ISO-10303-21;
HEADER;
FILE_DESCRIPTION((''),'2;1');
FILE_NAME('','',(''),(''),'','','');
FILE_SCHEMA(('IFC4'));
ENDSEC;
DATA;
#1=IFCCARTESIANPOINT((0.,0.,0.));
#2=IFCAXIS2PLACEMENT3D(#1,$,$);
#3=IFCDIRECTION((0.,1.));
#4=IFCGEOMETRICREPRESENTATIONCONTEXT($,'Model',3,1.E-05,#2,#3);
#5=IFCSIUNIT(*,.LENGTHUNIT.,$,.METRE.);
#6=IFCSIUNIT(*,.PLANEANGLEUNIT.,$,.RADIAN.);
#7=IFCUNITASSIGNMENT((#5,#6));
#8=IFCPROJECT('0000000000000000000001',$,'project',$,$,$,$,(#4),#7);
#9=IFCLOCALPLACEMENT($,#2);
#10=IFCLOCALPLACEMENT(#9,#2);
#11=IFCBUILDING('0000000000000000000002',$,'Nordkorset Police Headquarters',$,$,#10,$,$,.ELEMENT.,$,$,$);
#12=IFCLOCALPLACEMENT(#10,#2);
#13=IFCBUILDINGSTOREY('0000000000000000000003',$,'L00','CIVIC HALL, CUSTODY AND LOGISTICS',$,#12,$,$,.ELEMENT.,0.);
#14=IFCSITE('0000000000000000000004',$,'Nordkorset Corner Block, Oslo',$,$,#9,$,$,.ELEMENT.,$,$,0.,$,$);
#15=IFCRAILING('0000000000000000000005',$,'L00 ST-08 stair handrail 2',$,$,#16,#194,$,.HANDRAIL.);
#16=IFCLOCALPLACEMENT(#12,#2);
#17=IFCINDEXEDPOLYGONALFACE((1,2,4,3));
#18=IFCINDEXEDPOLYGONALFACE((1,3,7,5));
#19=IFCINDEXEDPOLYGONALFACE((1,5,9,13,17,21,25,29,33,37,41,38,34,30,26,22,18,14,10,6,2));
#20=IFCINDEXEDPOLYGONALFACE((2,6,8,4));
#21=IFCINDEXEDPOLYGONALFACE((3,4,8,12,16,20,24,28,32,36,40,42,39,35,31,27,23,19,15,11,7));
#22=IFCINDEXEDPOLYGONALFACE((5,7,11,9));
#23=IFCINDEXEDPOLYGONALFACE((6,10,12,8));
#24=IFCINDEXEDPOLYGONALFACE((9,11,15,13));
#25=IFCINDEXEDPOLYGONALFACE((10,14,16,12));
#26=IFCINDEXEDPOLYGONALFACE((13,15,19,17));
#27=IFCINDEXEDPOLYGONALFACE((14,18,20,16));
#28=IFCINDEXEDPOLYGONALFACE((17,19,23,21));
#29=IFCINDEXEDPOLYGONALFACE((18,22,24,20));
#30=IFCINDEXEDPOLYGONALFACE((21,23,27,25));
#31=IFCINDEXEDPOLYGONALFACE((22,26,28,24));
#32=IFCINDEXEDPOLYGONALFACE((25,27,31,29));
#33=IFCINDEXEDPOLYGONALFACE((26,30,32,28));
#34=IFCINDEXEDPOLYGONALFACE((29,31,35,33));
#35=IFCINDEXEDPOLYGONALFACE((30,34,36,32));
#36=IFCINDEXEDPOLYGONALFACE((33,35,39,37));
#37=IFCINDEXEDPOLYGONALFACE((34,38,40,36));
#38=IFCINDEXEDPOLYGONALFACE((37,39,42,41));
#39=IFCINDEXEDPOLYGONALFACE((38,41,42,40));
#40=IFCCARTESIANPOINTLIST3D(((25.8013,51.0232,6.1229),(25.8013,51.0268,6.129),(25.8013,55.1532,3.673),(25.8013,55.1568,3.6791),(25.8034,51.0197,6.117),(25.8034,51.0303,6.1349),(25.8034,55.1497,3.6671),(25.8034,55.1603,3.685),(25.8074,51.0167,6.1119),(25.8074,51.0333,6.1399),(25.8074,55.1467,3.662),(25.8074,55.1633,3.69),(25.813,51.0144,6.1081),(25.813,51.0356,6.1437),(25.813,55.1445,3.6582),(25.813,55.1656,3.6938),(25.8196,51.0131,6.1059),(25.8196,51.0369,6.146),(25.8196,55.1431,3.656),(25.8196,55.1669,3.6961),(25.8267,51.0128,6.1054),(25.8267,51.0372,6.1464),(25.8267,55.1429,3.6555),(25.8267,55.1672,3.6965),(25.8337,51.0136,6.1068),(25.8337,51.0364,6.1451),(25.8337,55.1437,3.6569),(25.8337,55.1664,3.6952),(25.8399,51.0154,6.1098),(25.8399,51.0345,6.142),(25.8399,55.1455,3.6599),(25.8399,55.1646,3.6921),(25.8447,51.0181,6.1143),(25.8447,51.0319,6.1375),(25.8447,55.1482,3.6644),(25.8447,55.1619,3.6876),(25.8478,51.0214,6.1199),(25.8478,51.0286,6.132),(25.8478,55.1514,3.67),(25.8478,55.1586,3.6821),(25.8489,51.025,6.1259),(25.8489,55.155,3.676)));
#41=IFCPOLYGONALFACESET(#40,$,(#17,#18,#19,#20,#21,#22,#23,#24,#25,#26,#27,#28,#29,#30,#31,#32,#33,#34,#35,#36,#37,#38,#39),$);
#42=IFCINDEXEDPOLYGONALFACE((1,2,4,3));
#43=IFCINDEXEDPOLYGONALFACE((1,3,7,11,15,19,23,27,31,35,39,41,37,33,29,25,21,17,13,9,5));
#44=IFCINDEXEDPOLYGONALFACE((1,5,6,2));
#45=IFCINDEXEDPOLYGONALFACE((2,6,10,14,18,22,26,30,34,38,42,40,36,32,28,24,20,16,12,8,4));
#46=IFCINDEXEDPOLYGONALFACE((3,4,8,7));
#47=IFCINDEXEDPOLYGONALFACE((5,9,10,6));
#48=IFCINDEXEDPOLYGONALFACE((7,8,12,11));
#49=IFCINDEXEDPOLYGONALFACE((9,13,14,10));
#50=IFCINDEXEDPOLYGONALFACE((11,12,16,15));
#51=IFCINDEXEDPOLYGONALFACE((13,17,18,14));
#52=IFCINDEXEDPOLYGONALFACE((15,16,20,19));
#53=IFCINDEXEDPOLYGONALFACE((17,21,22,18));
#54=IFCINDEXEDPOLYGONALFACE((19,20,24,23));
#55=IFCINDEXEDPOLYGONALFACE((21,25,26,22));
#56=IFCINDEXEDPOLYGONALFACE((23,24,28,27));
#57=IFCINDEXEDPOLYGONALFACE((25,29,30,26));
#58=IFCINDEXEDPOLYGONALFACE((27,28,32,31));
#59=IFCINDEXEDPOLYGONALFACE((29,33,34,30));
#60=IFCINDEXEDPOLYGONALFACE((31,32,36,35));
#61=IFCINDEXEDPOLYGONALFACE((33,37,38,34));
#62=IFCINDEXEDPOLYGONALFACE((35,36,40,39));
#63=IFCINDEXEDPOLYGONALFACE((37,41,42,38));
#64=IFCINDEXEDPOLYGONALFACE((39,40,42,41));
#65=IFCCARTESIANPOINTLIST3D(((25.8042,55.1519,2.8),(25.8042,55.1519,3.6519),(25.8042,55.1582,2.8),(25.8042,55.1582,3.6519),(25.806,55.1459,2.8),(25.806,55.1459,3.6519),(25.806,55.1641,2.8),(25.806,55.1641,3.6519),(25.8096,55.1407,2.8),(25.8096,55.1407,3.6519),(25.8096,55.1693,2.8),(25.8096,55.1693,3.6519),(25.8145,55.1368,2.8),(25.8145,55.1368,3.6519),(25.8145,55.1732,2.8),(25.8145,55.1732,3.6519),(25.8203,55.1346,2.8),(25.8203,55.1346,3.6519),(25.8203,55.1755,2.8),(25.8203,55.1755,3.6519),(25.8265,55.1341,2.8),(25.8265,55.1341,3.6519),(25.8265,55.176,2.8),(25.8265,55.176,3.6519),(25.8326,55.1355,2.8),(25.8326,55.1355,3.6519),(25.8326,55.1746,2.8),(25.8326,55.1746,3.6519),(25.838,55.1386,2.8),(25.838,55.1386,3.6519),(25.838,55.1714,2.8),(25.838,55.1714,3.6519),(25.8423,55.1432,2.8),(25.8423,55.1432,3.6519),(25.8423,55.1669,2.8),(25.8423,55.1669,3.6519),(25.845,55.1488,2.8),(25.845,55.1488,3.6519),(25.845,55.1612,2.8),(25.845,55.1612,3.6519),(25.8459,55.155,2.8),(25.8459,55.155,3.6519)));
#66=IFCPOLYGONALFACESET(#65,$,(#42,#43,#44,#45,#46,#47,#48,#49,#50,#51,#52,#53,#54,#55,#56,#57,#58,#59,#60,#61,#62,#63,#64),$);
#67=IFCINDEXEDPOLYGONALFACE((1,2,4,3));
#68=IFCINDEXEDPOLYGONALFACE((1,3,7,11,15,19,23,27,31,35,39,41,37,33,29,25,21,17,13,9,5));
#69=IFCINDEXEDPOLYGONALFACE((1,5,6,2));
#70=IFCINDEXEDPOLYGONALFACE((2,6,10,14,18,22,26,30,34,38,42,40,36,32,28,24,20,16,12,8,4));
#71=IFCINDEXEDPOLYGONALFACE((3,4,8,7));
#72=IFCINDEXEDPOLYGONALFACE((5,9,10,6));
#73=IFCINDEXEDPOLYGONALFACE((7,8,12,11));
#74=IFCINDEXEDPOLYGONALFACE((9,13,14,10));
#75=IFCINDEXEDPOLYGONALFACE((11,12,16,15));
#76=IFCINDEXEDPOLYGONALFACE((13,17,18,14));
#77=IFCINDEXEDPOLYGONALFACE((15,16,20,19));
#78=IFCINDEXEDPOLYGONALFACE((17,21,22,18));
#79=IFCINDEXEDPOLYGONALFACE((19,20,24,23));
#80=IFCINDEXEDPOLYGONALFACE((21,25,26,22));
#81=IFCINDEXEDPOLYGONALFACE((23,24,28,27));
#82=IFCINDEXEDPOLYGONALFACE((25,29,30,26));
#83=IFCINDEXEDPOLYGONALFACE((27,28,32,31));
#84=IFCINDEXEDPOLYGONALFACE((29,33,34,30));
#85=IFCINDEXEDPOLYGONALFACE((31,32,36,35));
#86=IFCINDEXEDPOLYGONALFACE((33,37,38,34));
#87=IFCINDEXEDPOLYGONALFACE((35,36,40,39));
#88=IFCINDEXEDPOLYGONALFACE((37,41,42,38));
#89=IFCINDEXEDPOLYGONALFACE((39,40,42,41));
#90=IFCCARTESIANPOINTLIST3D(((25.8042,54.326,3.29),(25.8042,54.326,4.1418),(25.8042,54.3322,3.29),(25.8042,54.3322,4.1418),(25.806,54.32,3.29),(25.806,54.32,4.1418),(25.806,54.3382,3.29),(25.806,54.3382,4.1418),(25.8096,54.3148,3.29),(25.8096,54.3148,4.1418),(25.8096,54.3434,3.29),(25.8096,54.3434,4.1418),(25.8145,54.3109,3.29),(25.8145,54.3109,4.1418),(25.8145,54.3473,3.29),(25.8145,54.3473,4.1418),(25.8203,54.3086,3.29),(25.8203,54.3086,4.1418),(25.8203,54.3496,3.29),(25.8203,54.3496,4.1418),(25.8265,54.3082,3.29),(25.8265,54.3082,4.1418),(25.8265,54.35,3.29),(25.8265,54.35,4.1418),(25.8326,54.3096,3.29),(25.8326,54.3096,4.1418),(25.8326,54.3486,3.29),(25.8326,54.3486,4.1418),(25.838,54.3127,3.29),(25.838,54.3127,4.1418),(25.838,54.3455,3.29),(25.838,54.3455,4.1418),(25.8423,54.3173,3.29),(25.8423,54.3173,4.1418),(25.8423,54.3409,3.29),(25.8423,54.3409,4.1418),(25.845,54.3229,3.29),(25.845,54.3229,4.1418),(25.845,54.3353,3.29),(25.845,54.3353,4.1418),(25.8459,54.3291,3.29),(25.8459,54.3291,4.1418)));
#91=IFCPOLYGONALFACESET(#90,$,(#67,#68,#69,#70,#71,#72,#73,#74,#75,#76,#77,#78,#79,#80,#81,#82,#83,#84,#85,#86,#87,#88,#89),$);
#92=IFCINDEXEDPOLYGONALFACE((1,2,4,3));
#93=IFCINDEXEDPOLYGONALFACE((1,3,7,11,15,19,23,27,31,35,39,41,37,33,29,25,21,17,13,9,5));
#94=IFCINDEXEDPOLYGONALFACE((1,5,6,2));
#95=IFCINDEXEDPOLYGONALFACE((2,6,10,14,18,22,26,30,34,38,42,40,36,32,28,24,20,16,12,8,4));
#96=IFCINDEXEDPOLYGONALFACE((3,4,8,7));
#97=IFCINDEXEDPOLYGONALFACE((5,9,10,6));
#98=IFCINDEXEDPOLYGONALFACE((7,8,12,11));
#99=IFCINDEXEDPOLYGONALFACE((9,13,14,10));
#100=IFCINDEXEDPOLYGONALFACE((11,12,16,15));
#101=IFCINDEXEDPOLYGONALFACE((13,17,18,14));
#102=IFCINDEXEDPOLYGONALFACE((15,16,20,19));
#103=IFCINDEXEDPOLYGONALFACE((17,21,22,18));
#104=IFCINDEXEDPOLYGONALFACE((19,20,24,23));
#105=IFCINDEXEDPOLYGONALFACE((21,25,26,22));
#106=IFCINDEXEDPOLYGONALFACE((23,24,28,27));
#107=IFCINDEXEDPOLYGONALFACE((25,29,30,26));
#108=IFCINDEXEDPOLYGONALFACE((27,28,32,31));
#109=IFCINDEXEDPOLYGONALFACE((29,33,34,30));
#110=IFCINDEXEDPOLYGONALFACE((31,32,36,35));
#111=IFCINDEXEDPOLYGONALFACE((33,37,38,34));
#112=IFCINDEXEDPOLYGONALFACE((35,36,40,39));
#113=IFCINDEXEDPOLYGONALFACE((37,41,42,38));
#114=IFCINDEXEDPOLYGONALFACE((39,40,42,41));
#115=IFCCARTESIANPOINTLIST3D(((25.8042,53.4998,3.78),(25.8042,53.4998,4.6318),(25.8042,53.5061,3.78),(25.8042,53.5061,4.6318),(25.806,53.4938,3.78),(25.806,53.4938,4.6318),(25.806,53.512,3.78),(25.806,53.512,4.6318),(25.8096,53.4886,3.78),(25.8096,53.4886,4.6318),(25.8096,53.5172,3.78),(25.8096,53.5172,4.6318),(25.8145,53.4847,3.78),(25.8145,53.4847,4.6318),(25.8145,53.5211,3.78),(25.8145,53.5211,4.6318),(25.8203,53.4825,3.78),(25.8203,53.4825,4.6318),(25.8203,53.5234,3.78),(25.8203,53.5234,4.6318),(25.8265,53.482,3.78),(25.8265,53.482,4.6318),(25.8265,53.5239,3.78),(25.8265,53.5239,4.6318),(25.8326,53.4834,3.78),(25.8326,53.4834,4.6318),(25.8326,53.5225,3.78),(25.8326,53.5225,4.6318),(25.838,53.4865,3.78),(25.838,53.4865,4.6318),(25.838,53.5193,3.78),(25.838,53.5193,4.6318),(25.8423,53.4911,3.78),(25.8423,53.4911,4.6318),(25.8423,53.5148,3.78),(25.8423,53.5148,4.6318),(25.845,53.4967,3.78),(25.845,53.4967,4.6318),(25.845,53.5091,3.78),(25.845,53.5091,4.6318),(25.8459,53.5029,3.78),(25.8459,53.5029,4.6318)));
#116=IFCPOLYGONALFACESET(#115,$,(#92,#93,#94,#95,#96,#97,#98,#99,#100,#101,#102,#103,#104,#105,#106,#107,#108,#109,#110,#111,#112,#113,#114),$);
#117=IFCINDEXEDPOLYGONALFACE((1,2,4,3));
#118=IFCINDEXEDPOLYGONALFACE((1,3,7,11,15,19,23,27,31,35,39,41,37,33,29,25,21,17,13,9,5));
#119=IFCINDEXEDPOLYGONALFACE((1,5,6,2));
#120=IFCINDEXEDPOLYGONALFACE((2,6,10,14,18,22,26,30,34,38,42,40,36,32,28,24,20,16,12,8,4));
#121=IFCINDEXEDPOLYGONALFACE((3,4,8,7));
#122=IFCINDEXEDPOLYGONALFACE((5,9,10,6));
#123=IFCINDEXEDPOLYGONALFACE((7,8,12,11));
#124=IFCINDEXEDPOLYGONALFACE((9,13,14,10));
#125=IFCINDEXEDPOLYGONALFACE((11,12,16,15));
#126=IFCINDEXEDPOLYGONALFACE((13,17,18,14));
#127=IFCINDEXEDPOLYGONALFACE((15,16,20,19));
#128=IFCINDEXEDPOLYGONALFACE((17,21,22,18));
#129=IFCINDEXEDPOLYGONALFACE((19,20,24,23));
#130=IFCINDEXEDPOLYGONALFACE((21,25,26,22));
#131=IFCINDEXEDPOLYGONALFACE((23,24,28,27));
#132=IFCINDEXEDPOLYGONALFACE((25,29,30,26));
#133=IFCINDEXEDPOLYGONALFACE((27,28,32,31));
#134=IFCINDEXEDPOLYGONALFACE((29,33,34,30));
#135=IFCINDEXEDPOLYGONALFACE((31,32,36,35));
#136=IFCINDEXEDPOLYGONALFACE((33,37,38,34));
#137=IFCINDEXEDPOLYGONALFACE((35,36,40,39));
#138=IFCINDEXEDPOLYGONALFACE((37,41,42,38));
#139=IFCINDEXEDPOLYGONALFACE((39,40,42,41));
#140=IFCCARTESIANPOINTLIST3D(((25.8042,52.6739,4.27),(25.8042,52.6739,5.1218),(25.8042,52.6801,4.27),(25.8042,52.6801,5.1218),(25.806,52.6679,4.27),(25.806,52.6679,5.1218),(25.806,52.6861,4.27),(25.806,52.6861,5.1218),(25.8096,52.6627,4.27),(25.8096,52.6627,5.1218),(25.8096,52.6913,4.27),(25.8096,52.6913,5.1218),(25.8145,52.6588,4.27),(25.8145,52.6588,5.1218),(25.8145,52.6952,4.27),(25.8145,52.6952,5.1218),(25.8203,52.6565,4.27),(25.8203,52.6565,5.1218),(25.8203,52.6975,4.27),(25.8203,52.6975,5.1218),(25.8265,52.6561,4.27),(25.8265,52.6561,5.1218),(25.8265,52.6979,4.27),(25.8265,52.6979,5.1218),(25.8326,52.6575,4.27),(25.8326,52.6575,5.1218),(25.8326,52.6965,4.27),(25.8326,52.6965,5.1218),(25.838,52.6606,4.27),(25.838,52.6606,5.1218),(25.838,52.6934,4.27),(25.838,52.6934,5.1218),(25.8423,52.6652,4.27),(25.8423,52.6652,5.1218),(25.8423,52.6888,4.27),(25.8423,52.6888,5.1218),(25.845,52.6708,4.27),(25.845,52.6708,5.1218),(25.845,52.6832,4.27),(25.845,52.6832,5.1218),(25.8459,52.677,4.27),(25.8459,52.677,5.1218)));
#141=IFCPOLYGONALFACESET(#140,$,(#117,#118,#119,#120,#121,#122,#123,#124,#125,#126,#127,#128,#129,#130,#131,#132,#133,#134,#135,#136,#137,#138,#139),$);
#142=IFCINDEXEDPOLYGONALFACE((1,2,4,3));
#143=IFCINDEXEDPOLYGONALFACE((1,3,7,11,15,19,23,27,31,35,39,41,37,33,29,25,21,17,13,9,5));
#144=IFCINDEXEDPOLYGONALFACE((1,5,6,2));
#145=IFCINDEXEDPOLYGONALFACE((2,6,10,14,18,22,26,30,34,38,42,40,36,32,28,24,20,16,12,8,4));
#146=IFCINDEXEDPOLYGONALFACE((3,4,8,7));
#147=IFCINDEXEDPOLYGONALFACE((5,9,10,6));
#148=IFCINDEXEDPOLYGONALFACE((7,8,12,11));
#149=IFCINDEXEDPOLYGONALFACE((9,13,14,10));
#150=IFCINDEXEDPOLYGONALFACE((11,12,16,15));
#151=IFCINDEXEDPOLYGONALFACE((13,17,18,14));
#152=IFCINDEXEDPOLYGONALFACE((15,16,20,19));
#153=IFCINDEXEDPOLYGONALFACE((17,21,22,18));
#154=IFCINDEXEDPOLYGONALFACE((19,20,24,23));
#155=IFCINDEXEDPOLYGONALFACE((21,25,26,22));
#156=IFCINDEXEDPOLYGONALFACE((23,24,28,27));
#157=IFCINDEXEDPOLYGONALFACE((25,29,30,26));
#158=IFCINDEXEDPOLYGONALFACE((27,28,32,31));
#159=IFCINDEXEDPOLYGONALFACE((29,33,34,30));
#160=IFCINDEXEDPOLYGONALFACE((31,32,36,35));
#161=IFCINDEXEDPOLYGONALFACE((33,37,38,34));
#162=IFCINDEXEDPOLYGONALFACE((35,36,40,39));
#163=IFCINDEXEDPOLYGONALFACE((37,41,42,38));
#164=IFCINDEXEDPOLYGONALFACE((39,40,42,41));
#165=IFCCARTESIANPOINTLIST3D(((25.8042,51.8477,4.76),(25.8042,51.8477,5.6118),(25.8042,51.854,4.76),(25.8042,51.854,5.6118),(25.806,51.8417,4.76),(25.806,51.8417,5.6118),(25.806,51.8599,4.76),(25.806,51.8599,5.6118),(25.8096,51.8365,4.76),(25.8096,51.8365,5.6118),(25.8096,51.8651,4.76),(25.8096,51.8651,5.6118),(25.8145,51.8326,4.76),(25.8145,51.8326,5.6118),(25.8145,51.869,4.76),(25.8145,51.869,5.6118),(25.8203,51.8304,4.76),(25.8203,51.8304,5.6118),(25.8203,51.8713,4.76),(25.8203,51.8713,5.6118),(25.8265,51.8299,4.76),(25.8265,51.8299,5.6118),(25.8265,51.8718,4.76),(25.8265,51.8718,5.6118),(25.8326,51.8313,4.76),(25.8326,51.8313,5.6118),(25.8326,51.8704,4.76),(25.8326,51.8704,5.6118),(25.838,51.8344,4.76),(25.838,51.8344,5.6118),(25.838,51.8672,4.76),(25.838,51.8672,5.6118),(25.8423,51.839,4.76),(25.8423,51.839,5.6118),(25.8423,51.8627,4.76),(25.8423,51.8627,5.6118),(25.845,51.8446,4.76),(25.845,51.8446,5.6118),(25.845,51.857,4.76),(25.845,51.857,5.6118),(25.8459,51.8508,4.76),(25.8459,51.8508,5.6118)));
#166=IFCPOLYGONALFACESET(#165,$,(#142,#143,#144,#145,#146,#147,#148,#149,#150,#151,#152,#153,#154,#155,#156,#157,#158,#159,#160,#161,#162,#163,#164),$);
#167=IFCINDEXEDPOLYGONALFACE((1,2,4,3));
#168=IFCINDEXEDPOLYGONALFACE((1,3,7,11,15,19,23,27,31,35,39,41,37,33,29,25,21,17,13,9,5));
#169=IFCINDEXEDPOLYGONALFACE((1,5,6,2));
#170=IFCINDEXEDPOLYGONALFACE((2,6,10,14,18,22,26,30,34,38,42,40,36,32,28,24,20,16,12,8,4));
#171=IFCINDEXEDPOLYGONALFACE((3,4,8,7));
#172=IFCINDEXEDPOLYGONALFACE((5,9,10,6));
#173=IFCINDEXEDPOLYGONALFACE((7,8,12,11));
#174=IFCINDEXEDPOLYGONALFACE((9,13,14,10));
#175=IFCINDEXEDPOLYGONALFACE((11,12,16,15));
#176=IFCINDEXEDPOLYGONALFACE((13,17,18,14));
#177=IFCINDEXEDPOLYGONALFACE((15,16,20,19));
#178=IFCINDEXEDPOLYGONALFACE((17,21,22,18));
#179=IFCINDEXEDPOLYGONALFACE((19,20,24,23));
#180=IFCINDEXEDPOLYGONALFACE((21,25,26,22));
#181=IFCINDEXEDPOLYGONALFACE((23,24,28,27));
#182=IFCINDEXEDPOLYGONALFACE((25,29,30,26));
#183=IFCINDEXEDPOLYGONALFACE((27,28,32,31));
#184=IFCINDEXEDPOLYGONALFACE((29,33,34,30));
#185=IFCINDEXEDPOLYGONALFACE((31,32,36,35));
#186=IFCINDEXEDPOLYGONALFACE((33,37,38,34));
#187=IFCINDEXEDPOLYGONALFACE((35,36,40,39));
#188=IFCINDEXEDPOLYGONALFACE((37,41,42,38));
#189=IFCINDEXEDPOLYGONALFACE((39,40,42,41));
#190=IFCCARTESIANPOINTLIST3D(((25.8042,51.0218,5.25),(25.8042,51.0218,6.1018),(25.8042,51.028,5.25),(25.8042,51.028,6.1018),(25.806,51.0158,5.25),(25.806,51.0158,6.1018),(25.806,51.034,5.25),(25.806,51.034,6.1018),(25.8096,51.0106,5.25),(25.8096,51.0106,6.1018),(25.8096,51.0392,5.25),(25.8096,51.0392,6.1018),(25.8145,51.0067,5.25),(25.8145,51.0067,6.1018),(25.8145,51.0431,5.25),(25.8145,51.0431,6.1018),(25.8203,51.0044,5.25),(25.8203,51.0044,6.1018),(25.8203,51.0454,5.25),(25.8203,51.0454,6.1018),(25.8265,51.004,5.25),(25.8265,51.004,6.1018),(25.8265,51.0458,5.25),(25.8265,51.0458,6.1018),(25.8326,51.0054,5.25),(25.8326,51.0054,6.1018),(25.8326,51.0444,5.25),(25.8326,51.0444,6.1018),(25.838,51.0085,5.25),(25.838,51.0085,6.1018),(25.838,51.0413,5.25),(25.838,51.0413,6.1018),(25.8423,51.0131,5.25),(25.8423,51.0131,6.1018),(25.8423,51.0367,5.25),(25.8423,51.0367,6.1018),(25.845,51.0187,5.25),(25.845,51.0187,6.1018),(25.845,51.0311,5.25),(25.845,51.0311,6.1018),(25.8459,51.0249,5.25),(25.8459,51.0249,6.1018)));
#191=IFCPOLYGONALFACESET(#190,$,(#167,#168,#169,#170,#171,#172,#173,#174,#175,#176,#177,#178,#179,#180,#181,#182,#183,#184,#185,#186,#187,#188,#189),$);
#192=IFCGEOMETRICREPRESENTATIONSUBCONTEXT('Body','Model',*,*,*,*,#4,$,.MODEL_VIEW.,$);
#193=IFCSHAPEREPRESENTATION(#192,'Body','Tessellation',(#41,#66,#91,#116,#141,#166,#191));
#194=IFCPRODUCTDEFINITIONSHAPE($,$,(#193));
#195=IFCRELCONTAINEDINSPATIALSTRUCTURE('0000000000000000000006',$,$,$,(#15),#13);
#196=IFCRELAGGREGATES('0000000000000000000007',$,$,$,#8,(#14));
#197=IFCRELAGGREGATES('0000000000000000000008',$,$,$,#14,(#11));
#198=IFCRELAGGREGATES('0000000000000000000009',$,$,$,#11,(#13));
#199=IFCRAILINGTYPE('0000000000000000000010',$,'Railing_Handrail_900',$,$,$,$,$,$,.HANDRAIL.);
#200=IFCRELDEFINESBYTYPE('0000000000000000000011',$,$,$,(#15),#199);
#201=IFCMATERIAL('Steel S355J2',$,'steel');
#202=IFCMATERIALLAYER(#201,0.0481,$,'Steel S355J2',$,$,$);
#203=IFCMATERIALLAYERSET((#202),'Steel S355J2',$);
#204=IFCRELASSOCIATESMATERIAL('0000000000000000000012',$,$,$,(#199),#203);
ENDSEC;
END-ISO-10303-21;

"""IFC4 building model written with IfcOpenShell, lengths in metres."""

from ifc_helpers import new_model, si_unit, direction, frame, origin, origin_2d, place, context, subcontext, project, spatial, circle, extrude, material, layer, layer_set, type_object, element, save


model = new_model("IFC4")

# Units and contexts
model_context = context("Model", 3, precision=1e-05, world=origin(), true_north=direction((0.0, 1.0)))
body_context = subcontext(model_context, "Body", "Model", "MODEL_VIEW")
ifc_project = project(units=[si_unit("LENGTHUNIT", "METRE"), si_unit("PLANEANGLEUNIT", "RADIAN")], contexts=[model_context])

# Site, building, storey
site_placement = place(None, origin())
site = spatial("IfcSite", under=ifc_project, at=site_placement, Name="Nordkorset Corner Block, Oslo", CompositionType="ELEMENT", RefElevation=0.0)
building_placement = place(site_placement, origin())
building = spatial("IfcBuilding", under=site, at=building_placement, Name="Nordkorset Police Headquarters", CompositionType="ELEMENT")
storey_placement = place(building_placement, origin())
storey = spatial("IfcBuildingStorey", under=building, at=storey_placement, Name="L00", Description="CIVIC HALL, CUSTODY AND LOGISTICS", CompositionType="ELEMENT", Elevation=0.0)

# Railing
ifc_material_1 = material(Name="Steel S355J2", Category="steel")
ifc_layer_1 = layer(ifc_material_1, 0.0481, Name="Steel S355J2")
ifc_layer_set_1 = layer_set([ifc_layer_1], Name="Steel S355J2")
railing_type_1 = type_object("IfcRailingType", Name="Railing_Handrail_900", PredefinedType="HANDRAIL", material=ifc_layer_set_1)
railing_1_placement = place(storey_placement, frame((25.825, 55.155, 2.8)))
element("IfcRailing", 1, at=railing_1_placement, inside=storey, type_object=railing_type_1, Name="L00 ST-08 stair handrail 2", PredefinedType="HANDRAIL", context=body_context, shape_type="SweptSolid", body=[
    extrude(circle(Radius=0.0239, at=origin_2d()), frame((0.0, 0.0, 0.876), z_axis=(0.0, -0.860066, 0.510183), x_axis=(1.0, 0.0, 0.0)), (0.0, 0.0, 1.0), 4.802),
    extrude(circle(Radius=0.021, at=origin_2d()), origin(), (0.0, 0.0, 1.0), 0.8518),
    extrude(circle(Radius=0.021, at=origin_2d()), frame((0.0, -0.8259, 0.49)), (0.0, 0.0, 1.0), 0.8518),
    extrude(circle(Radius=0.021, at=origin_2d()), frame((0.0, -1.6521, 0.98)), (0.0, 0.0, 1.0), 0.8518),
    extrude(circle(Radius=0.021, at=origin_2d()), frame((0.0, -2.478, 1.47)), (0.0, 0.0, 1.0), 0.8518),
    extrude(circle(Radius=0.021, at=origin_2d()), frame((0.0, -3.3042, 1.96)), (0.0, 0.0, 1.0), 0.8518),
    extrude(circle(Radius=0.021, at=origin_2d()), frame((0.0, -4.1301, 2.45)), (0.0, 0.0, 1.0), 0.8518),
])

save(model, "model.ifc")
